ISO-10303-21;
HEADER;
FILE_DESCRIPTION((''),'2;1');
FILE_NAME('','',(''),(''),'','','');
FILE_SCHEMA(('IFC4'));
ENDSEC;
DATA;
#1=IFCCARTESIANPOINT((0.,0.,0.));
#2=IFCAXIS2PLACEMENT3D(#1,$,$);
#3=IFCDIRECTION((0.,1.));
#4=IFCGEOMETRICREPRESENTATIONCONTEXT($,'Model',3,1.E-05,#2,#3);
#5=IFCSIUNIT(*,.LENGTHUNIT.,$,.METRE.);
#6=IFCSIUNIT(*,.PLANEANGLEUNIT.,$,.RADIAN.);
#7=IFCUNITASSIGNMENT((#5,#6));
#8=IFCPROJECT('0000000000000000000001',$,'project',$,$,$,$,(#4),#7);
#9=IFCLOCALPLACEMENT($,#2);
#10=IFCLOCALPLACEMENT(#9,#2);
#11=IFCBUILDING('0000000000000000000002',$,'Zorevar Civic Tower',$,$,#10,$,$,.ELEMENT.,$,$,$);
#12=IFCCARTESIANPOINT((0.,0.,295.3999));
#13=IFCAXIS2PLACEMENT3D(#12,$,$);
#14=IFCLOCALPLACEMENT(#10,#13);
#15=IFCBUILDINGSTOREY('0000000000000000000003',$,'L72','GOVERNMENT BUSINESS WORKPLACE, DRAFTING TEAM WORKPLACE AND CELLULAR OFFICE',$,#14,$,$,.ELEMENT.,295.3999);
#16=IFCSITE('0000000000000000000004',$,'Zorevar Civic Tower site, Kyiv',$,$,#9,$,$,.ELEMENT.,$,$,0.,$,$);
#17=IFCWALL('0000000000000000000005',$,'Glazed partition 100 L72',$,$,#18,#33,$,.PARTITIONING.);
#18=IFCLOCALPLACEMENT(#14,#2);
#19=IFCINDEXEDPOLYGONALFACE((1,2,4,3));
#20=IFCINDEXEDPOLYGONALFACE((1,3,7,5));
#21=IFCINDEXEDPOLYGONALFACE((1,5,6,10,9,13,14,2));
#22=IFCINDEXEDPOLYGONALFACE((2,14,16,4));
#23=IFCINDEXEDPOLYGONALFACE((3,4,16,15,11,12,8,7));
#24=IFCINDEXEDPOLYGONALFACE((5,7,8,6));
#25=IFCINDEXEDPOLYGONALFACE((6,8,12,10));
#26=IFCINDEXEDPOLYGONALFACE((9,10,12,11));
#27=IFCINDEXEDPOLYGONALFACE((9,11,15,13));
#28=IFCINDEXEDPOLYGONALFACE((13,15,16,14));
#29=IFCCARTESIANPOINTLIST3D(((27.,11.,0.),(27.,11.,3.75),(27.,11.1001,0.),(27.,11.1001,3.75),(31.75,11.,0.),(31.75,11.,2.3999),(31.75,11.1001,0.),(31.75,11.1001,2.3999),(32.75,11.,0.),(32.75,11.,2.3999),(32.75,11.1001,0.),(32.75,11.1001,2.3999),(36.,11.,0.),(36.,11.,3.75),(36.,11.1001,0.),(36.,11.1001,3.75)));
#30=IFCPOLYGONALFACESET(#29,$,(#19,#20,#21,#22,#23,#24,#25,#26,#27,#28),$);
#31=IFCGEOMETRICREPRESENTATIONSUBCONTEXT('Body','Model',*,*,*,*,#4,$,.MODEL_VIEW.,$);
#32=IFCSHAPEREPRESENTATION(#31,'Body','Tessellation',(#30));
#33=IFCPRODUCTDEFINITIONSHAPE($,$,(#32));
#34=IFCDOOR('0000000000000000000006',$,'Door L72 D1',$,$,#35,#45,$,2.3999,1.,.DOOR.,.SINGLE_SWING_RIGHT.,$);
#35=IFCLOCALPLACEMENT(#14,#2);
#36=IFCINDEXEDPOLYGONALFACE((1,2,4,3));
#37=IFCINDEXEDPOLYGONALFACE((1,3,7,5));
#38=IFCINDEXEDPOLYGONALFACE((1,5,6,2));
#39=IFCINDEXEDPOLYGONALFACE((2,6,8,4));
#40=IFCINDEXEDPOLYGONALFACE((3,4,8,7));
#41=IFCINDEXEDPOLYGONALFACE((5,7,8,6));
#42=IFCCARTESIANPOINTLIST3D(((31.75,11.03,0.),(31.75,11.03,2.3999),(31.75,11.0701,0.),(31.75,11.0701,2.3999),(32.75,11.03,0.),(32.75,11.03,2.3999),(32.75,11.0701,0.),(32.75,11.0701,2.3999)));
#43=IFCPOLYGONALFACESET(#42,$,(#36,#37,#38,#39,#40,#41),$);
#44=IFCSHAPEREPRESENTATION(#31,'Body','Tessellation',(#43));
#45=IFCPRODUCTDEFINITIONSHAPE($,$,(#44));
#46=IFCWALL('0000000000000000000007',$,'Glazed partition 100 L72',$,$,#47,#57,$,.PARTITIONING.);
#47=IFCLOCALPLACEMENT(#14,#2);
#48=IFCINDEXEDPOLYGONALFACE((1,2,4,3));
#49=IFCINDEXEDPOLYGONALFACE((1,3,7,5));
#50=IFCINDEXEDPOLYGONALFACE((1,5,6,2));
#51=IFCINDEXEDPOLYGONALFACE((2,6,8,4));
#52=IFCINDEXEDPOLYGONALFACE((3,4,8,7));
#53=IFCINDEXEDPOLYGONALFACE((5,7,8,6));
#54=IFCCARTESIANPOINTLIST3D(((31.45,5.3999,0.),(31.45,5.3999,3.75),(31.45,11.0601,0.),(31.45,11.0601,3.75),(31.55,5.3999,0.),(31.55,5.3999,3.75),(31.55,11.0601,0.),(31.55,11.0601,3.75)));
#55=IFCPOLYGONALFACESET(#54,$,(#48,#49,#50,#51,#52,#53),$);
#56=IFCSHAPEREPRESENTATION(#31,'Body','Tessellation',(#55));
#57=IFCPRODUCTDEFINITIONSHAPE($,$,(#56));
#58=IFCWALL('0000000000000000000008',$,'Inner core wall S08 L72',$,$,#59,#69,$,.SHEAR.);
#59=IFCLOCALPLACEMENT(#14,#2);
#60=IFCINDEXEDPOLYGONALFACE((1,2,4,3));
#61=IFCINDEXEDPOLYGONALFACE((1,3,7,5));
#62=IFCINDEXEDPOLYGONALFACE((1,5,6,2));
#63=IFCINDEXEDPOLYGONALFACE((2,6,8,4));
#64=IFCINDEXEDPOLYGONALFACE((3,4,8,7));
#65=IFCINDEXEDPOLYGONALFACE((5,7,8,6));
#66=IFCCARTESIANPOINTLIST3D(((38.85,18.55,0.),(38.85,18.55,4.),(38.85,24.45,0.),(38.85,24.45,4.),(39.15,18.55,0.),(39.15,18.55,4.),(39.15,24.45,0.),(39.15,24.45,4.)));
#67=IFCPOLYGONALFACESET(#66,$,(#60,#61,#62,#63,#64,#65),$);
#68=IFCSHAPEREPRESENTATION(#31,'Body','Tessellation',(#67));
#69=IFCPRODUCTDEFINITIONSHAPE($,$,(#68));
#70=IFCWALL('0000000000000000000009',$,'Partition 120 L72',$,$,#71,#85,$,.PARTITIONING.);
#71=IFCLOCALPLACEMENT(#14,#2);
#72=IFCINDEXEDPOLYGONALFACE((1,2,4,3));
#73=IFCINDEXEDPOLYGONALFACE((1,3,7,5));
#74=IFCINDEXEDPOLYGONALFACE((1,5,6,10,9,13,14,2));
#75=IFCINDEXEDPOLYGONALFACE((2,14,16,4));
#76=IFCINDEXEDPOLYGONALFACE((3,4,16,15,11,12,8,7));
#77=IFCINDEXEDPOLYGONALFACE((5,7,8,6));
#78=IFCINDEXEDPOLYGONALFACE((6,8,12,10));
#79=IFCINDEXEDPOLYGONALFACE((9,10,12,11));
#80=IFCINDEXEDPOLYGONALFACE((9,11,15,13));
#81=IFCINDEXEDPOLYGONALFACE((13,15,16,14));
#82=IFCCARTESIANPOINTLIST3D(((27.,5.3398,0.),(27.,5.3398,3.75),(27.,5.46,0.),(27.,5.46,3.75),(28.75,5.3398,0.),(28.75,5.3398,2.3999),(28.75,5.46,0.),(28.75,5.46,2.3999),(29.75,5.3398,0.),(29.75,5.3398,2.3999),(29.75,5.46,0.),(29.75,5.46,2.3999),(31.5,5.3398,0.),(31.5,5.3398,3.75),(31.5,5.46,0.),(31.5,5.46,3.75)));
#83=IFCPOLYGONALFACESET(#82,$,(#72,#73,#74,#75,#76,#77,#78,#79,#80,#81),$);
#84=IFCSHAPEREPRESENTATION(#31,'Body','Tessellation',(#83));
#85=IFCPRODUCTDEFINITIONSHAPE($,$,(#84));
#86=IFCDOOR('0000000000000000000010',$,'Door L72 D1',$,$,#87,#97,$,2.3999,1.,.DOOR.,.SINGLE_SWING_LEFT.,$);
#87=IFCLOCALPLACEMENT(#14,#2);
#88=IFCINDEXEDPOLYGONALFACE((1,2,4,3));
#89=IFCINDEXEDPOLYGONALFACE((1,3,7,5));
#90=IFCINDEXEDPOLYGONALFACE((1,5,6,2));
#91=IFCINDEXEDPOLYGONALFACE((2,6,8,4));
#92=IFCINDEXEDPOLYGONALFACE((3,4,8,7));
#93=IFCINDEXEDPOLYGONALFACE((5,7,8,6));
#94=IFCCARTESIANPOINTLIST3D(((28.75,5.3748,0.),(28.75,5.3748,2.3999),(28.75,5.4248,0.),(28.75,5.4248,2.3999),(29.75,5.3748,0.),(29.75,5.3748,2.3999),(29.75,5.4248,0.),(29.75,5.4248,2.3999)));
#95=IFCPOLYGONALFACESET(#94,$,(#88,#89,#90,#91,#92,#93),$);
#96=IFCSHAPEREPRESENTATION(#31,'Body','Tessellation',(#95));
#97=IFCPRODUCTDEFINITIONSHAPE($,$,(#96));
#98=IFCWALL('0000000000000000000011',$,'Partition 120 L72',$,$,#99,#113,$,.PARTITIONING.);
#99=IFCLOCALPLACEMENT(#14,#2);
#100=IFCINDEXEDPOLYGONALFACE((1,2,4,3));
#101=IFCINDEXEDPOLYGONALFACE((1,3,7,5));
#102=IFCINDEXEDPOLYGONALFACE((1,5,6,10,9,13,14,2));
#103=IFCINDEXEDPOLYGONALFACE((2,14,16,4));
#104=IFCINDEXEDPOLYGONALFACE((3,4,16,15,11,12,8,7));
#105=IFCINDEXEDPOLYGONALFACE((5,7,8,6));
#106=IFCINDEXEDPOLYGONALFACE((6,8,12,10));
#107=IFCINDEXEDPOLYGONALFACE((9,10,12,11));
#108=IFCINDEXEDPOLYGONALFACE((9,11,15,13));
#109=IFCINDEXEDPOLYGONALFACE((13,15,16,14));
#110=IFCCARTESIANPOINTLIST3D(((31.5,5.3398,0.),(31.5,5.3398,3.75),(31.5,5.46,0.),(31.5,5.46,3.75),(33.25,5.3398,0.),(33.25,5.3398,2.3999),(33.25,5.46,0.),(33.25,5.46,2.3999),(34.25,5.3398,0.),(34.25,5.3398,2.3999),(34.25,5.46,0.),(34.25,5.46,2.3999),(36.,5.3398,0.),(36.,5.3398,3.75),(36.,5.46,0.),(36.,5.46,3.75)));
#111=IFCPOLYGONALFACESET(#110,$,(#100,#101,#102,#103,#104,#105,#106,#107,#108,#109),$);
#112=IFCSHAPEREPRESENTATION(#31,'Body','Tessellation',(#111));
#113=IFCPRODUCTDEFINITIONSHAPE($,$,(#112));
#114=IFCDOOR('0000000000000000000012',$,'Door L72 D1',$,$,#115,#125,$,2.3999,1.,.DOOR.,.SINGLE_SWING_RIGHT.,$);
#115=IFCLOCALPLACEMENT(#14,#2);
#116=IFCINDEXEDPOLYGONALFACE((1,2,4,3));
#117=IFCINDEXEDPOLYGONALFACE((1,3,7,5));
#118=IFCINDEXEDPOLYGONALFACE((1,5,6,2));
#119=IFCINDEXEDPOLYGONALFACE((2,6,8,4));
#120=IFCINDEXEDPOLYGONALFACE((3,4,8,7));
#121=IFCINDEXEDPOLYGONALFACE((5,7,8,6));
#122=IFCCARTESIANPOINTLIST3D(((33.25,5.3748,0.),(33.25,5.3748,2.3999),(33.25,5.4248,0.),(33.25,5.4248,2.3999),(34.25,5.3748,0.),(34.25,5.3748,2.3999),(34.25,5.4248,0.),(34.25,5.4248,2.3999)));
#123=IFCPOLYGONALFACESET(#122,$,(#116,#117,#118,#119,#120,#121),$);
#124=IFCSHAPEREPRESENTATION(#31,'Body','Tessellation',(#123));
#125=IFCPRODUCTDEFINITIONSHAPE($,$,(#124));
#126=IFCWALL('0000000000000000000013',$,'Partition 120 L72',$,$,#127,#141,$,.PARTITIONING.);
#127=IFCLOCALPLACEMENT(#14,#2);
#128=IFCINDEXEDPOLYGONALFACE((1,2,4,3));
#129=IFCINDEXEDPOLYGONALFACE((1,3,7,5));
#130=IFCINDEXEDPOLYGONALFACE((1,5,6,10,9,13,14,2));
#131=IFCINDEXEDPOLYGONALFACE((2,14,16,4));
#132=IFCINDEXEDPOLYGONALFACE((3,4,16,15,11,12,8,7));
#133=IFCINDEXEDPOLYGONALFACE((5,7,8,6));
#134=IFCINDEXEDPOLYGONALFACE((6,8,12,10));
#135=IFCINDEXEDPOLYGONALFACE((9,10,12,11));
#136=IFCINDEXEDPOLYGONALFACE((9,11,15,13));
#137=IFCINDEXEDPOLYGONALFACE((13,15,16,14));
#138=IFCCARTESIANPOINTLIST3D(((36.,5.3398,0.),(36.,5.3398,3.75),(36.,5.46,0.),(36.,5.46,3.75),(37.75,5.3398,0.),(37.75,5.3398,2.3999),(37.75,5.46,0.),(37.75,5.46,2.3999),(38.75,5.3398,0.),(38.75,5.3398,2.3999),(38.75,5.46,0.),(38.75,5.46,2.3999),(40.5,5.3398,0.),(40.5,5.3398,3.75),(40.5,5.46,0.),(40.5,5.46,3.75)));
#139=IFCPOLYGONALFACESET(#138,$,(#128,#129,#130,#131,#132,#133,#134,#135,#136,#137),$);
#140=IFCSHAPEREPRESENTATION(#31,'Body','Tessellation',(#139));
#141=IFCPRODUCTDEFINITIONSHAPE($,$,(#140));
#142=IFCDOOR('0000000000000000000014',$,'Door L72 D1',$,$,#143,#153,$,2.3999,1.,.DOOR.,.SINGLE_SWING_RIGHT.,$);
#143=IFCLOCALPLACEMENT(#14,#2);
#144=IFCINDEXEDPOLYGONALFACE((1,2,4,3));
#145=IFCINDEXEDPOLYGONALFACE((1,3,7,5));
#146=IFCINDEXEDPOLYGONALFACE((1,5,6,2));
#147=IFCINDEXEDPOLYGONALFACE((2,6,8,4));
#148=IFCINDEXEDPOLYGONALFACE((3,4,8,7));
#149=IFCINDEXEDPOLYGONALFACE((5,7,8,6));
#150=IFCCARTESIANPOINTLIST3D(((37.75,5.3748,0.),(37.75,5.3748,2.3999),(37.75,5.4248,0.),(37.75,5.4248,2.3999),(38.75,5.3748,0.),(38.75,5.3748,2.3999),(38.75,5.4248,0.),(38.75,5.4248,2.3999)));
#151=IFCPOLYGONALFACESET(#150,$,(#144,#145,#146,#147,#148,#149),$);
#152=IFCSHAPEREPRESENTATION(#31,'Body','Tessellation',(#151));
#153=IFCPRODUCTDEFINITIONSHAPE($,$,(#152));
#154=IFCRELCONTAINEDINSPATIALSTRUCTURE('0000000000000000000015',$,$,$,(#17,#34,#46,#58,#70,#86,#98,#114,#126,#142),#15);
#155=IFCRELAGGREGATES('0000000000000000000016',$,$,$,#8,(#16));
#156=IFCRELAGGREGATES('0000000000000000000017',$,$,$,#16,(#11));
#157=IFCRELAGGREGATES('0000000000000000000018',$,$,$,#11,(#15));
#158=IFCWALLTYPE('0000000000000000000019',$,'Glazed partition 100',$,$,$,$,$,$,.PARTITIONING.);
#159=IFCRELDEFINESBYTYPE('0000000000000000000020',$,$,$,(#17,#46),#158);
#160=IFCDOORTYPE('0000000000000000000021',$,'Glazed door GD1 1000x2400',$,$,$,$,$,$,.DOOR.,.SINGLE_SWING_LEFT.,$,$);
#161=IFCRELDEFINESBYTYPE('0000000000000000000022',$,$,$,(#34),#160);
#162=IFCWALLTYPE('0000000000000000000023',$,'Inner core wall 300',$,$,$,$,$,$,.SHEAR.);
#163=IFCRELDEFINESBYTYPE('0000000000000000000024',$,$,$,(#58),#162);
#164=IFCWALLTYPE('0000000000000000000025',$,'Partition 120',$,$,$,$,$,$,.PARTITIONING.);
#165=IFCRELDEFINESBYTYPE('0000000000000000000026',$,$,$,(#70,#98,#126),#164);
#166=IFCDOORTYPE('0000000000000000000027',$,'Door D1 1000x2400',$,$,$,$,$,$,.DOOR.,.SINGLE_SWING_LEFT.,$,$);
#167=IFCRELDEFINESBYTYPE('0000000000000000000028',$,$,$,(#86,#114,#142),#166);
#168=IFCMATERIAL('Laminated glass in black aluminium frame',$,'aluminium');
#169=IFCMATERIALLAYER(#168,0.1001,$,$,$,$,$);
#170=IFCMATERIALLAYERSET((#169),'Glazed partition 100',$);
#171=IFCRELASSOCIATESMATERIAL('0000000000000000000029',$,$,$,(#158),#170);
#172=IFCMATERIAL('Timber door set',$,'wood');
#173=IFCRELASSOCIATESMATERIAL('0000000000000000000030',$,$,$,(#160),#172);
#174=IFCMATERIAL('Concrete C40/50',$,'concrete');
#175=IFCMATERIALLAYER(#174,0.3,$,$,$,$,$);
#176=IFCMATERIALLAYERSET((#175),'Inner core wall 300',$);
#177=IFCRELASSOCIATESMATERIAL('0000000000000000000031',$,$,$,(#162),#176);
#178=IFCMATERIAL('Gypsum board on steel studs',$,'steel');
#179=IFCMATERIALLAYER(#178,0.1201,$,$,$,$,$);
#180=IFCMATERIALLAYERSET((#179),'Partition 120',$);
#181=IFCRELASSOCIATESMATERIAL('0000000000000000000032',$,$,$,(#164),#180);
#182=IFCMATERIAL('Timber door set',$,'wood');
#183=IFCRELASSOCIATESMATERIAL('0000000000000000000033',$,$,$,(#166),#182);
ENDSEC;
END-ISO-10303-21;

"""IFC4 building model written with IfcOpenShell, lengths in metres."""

from ifc_helpers import new_model, si_unit, direction, frame, frame_2d, origin, place, context, subcontext, project, spatial, rectangle, extrude, material, layer, layer_set, type_object, element, fill, save


model = new_model("IFC4")

# Units and contexts
model_context = context("Model", 3, precision=1e-05, world=origin(), true_north=direction((0.0, 1.0)))
body_context = subcontext(model_context, "Body", "Model", "MODEL_VIEW")
ifc_project = project(units=[si_unit("LENGTHUNIT", "METRE"), si_unit("PLANEANGLEUNIT", "RADIAN")], contexts=[model_context])

# Site, building, storey
site_placement = place(None, origin())
site = spatial("IfcSite", under=ifc_project, at=site_placement, Name="Zorevar Civic Tower site, Kyiv", CompositionType="ELEMENT", RefElevation=0.0)
building_placement = place(site_placement, origin())
building = spatial("IfcBuilding", under=site, at=building_placement, Name="Zorevar Civic Tower", CompositionType="ELEMENT")
storey_placement = place(building_placement, frame((0.0, 0.0, 295.3999)))
storey = spatial("IfcBuildingStorey", under=building, at=storey_placement, Name="L72", Description="GOVERNMENT BUSINESS WORKPLACE, DRAFTING TEAM WORKPLACE AND CELLULAR OFFICE", CompositionType="ELEMENT", Elevation=295.3999)

# Wall, opening, door
ifc_material_1 = material(Name="Laminated glass in black aluminium frame", Category="aluminium")
ifc_layer_1 = layer(ifc_material_1, 0.1001)
ifc_layer_set_1 = layer_set([ifc_layer_1], Name="Glazed partition 100")
wall_type_1 = type_object("IfcWallType", Name="Glazed partition 100", PredefinedType="PARTITIONING", material=ifc_layer_set_1)
wall_1_placement = place(storey_placement, frame((27.0, 11.05, 0.0), z_axis=(0.0, 0.0, 1.0), x_axis=(1.0, 0.0, 0.0)))
wall_1 = element("IfcWall", 1, at=wall_1_placement, inside=storey, type_object=wall_type_1, Name="Glazed partition 100 L72", PredefinedType="PARTITIONING", context=body_context, shape_type="SweptSolid", body=[
    extrude(rectangle(XDim=9.0, YDim=0.1001, at=frame_2d((4.5, 0.0))), origin(), (0.0, 0.0, 1.0), 3.75),
])
opening_1_placement = place(wall_1_placement, frame((4.75, 0.0, 0.0)))
opening_1 = element("IfcOpeningElement", 2, at=opening_1_placement, cuts=wall_1, PredefinedType="OPENING", context=body_context, shape_type="SweptSolid", body=[
    extrude(rectangle(XDim=1.0, YDim=2.3999, at=frame_2d((0.5, 1.2))), frame((0.0, 0.0601, 0.0), z_axis=(0.0, -1.0, 0.0), x_axis=(1.0, 0.0, 0.0)), (0.0, 0.0, 1.0), 0.1201),
])
ifc_material_2 = material(Name="Timber door set", Category="wood")
door_type_1 = type_object("IfcDoorType", Name="Glazed door GD1 1000x2400", OperationType="SINGLE_SWING_LEFT", PredefinedType="DOOR", material=ifc_material_2)
door_1_placement = place(opening_1_placement, origin())
door_1 = element("IfcDoor", 3, at=door_1_placement, inside=storey, type_object=door_type_1, Name="Door L72 D1", OperationType="SINGLE_SWING_RIGHT", OverallHeight=2.3999, OverallWidth=1.0, PredefinedType="DOOR", context=body_context, shape_type="SweptSolid", body=[
    extrude(rectangle(XDim=1.0, YDim=2.3999, at=frame_2d((0.5, 1.2))), frame((0.0, 0.02, 0.0), z_axis=(0.0, -1.0, 0.0), x_axis=(1.0, 0.0, 0.0)), (0.0, 0.0, 1.0), 0.04),
])
fill(opening_1, door_1)

# Walls
wall_2_placement = place(storey_placement, frame((31.5, 5.3999, 0.0), z_axis=(0.0, 0.0, 1.0), x_axis=(0.0, 1.0, 0.0)))
element("IfcWall", 4, at=wall_2_placement, inside=storey, type_object=wall_type_1, Name="Glazed partition 100 L72", PredefinedType="PARTITIONING", context=body_context, shape_type="SweptSolid", body=[
    extrude(rectangle(XDim=5.6602, YDim=0.1001, at=frame_2d((2.8301, 0.0))), origin(), (0.0, 0.0, 1.0), 3.75),
])
ifc_material_3 = material(Name="Concrete C40/50", Category="concrete")
ifc_layer_2 = layer(ifc_material_3, 0.3)
ifc_layer_set_2 = layer_set([ifc_layer_2], Name="Inner core wall 300")
wall_type_2 = type_object("IfcWallType", Name="Inner core wall 300", PredefinedType="SHEAR", material=ifc_layer_set_2)
wall_3_placement = place(storey_placement, frame((39.0, 18.55, 0.0), z_axis=(0.0, 0.0, 1.0), x_axis=(0.0, 1.0, 0.0)))
element("IfcWall", 5, at=wall_3_placement, inside=storey, type_object=wall_type_2, Name="Inner core wall S08 L72", PredefinedType="SHEAR", context=body_context, shape_type="SweptSolid", body=[
    extrude(rectangle(XDim=5.8999, YDim=0.3, at=frame_2d((2.95, 0.0))), origin(), (0.0, 0.0, 1.0), 4.0),
])

# Walls, openings, doors
ifc_material_4 = material(Name="Gypsum board on steel studs", Category="steel")
ifc_layer_3 = layer(ifc_material_4, 0.1201)
ifc_layer_set_3 = layer_set([ifc_layer_3], Name="Partition 120")
wall_type_3 = type_object("IfcWallType", Name="Partition 120", PredefinedType="PARTITIONING", material=ifc_layer_set_3)
wall_4_placement = place(storey_placement, frame((27.0, 5.3999, 0.0), z_axis=(0.0, 0.0, 1.0), x_axis=(1.0, 0.0, 0.0)))
wall_4 = element("IfcWall", 6, at=wall_4_placement, inside=storey, type_object=wall_type_3, Name="Partition 120 L72", PredefinedType="PARTITIONING", context=body_context, shape_type="SweptSolid", body=[
    extrude(rectangle(XDim=4.5, YDim=0.1201, at=frame_2d((2.25, 0.0))), origin(), (0.0, 0.0, 1.0), 3.75),
])
opening_2_placement = place(wall_4_placement, frame((1.75, 0.0, 0.0)))
opening_2 = element("IfcOpeningElement", 7, at=opening_2_placement, cuts=wall_4, PredefinedType="OPENING", context=body_context, shape_type="SweptSolid", body=[
    extrude(rectangle(XDim=1.0, YDim=2.3999, at=frame_2d((0.5, 1.2))), frame((0.0, 0.0701, 0.0), z_axis=(0.0, -1.0, 0.0), x_axis=(1.0, 0.0, 0.0)), (0.0, 0.0, 1.0), 0.1401),
])
ifc_material_5 = material(Name="Timber door set", Category="wood")
door_type_2 = type_object("IfcDoorType", Name="Door D1 1000x2400", OperationType="SINGLE_SWING_LEFT", PredefinedType="DOOR", material=ifc_material_5)
door_2_placement = place(opening_2_placement, origin())
door_2 = element("IfcDoor", 8, at=door_2_placement, inside=storey, type_object=door_type_2, Name="Door L72 D1", OperationType="SINGLE_SWING_LEFT", OverallHeight=2.3999, OverallWidth=1.0, PredefinedType="DOOR", context=body_context, shape_type="SweptSolid", body=[
    extrude(rectangle(XDim=1.0, YDim=2.3999, at=frame_2d((0.5, 1.2))), frame((0.0, 0.0249, 0.0), z_axis=(0.0, -1.0, 0.0), x_axis=(1.0, 0.0, 0.0)), (0.0, 0.0, 1.0), 0.05),
])
fill(opening_2, door_2)
wall_5_placement = place(storey_placement, frame((31.5, 5.3999, 0.0), z_axis=(0.0, 0.0, 1.0), x_axis=(1.0, 0.0, 0.0)))
wall_5 = element("IfcWall", 9, at=wall_5_placement, inside=storey, type_object=wall_type_3, Name="Partition 120 L72", PredefinedType="PARTITIONING", context=body_context, shape_type="SweptSolid", body=[
    extrude(rectangle(XDim=4.5, YDim=0.1201, at=frame_2d((2.25, 0.0))), origin(), (0.0, 0.0, 1.0), 3.75),
])
opening_3_placement = place(wall_5_placement, frame((1.75, 0.0, 0.0)))
opening_3 = element("IfcOpeningElement", 10, at=opening_3_placement, cuts=wall_5, PredefinedType="OPENING", context=body_context, shape_type="SweptSolid", body=[
    extrude(rectangle(XDim=1.0, YDim=2.3999, at=frame_2d((0.5, 1.2))), frame((0.0, 0.0701, 0.0), z_axis=(0.0, -1.0, 0.0), x_axis=(1.0, 0.0, 0.0)), (0.0, 0.0, 1.0), 0.1401),
])
door_3_placement = place(opening_3_placement, origin())
door_3 = element("IfcDoor", 11, at=door_3_placement, inside=storey, type_object=door_type_2, Name="Door L72 D1", OperationType="SINGLE_SWING_RIGHT", OverallHeight=2.3999, OverallWidth=1.0, PredefinedType="DOOR", context=body_context, shape_type="SweptSolid", body=[
    extrude(rectangle(XDim=1.0, YDim=2.3999, at=frame_2d((0.5, 1.2))), frame((0.0, 0.0249, 0.0), z_axis=(0.0, -1.0, 0.0), x_axis=(1.0, 0.0, 0.0)), (0.0, 0.0, 1.0), 0.05),
])
fill(opening_3, door_3)
wall_6_placement = place(storey_placement, frame((36.0, 5.3999, 0.0), z_axis=(0.0, 0.0, 1.0), x_axis=(1.0, 0.0, 0.0)))
wall_6 = element("IfcWall", 12, at=wall_6_placement, inside=storey, type_object=wall_type_3, Name="Partition 120 L72", PredefinedType="PARTITIONING", context=body_context, shape_type="SweptSolid", body=[
    extrude(rectangle(XDim=4.5, YDim=0.1201, at=frame_2d((2.25, 0.0))), origin(), (0.0, 0.0, 1.0), 3.75),
])
opening_4_placement = place(wall_6_placement, frame((1.75, 0.0, 0.0)))
opening_4 = element("IfcOpeningElement", 13, at=opening_4_placement, cuts=wall_6, PredefinedType="OPENING", context=body_context, shape_type="SweptSolid", body=[
    extrude(rectangle(XDim=1.0, YDim=2.3999, at=frame_2d((0.5, 1.2))), frame((0.0, 0.0701, 0.0), z_axis=(0.0, -1.0, 0.0), x_axis=(1.0, 0.0, 0.0)), (0.0, 0.0, 1.0), 0.1401),
])
door_4_placement = place(opening_4_placement, origin())
door_4 = element("IfcDoor", 14, at=door_4_placement, inside=storey, type_object=door_type_2, Name="Door L72 D1", OperationType="SINGLE_SWING_RIGHT", OverallHeight=2.3999, OverallWidth=1.0, PredefinedType="DOOR", context=body_context, shape_type="SweptSolid", body=[
    extrude(rectangle(XDim=1.0, YDim=2.3999, at=frame_2d((0.5, 1.2))), frame((0.0, 0.0249, 0.0), z_axis=(0.0, -1.0, 0.0), x_axis=(1.0, 0.0, 0.0)), (0.0, 0.0, 1.0), 0.05),
])
fill(opening_4, door_4)

save(model, "model.ifc")
